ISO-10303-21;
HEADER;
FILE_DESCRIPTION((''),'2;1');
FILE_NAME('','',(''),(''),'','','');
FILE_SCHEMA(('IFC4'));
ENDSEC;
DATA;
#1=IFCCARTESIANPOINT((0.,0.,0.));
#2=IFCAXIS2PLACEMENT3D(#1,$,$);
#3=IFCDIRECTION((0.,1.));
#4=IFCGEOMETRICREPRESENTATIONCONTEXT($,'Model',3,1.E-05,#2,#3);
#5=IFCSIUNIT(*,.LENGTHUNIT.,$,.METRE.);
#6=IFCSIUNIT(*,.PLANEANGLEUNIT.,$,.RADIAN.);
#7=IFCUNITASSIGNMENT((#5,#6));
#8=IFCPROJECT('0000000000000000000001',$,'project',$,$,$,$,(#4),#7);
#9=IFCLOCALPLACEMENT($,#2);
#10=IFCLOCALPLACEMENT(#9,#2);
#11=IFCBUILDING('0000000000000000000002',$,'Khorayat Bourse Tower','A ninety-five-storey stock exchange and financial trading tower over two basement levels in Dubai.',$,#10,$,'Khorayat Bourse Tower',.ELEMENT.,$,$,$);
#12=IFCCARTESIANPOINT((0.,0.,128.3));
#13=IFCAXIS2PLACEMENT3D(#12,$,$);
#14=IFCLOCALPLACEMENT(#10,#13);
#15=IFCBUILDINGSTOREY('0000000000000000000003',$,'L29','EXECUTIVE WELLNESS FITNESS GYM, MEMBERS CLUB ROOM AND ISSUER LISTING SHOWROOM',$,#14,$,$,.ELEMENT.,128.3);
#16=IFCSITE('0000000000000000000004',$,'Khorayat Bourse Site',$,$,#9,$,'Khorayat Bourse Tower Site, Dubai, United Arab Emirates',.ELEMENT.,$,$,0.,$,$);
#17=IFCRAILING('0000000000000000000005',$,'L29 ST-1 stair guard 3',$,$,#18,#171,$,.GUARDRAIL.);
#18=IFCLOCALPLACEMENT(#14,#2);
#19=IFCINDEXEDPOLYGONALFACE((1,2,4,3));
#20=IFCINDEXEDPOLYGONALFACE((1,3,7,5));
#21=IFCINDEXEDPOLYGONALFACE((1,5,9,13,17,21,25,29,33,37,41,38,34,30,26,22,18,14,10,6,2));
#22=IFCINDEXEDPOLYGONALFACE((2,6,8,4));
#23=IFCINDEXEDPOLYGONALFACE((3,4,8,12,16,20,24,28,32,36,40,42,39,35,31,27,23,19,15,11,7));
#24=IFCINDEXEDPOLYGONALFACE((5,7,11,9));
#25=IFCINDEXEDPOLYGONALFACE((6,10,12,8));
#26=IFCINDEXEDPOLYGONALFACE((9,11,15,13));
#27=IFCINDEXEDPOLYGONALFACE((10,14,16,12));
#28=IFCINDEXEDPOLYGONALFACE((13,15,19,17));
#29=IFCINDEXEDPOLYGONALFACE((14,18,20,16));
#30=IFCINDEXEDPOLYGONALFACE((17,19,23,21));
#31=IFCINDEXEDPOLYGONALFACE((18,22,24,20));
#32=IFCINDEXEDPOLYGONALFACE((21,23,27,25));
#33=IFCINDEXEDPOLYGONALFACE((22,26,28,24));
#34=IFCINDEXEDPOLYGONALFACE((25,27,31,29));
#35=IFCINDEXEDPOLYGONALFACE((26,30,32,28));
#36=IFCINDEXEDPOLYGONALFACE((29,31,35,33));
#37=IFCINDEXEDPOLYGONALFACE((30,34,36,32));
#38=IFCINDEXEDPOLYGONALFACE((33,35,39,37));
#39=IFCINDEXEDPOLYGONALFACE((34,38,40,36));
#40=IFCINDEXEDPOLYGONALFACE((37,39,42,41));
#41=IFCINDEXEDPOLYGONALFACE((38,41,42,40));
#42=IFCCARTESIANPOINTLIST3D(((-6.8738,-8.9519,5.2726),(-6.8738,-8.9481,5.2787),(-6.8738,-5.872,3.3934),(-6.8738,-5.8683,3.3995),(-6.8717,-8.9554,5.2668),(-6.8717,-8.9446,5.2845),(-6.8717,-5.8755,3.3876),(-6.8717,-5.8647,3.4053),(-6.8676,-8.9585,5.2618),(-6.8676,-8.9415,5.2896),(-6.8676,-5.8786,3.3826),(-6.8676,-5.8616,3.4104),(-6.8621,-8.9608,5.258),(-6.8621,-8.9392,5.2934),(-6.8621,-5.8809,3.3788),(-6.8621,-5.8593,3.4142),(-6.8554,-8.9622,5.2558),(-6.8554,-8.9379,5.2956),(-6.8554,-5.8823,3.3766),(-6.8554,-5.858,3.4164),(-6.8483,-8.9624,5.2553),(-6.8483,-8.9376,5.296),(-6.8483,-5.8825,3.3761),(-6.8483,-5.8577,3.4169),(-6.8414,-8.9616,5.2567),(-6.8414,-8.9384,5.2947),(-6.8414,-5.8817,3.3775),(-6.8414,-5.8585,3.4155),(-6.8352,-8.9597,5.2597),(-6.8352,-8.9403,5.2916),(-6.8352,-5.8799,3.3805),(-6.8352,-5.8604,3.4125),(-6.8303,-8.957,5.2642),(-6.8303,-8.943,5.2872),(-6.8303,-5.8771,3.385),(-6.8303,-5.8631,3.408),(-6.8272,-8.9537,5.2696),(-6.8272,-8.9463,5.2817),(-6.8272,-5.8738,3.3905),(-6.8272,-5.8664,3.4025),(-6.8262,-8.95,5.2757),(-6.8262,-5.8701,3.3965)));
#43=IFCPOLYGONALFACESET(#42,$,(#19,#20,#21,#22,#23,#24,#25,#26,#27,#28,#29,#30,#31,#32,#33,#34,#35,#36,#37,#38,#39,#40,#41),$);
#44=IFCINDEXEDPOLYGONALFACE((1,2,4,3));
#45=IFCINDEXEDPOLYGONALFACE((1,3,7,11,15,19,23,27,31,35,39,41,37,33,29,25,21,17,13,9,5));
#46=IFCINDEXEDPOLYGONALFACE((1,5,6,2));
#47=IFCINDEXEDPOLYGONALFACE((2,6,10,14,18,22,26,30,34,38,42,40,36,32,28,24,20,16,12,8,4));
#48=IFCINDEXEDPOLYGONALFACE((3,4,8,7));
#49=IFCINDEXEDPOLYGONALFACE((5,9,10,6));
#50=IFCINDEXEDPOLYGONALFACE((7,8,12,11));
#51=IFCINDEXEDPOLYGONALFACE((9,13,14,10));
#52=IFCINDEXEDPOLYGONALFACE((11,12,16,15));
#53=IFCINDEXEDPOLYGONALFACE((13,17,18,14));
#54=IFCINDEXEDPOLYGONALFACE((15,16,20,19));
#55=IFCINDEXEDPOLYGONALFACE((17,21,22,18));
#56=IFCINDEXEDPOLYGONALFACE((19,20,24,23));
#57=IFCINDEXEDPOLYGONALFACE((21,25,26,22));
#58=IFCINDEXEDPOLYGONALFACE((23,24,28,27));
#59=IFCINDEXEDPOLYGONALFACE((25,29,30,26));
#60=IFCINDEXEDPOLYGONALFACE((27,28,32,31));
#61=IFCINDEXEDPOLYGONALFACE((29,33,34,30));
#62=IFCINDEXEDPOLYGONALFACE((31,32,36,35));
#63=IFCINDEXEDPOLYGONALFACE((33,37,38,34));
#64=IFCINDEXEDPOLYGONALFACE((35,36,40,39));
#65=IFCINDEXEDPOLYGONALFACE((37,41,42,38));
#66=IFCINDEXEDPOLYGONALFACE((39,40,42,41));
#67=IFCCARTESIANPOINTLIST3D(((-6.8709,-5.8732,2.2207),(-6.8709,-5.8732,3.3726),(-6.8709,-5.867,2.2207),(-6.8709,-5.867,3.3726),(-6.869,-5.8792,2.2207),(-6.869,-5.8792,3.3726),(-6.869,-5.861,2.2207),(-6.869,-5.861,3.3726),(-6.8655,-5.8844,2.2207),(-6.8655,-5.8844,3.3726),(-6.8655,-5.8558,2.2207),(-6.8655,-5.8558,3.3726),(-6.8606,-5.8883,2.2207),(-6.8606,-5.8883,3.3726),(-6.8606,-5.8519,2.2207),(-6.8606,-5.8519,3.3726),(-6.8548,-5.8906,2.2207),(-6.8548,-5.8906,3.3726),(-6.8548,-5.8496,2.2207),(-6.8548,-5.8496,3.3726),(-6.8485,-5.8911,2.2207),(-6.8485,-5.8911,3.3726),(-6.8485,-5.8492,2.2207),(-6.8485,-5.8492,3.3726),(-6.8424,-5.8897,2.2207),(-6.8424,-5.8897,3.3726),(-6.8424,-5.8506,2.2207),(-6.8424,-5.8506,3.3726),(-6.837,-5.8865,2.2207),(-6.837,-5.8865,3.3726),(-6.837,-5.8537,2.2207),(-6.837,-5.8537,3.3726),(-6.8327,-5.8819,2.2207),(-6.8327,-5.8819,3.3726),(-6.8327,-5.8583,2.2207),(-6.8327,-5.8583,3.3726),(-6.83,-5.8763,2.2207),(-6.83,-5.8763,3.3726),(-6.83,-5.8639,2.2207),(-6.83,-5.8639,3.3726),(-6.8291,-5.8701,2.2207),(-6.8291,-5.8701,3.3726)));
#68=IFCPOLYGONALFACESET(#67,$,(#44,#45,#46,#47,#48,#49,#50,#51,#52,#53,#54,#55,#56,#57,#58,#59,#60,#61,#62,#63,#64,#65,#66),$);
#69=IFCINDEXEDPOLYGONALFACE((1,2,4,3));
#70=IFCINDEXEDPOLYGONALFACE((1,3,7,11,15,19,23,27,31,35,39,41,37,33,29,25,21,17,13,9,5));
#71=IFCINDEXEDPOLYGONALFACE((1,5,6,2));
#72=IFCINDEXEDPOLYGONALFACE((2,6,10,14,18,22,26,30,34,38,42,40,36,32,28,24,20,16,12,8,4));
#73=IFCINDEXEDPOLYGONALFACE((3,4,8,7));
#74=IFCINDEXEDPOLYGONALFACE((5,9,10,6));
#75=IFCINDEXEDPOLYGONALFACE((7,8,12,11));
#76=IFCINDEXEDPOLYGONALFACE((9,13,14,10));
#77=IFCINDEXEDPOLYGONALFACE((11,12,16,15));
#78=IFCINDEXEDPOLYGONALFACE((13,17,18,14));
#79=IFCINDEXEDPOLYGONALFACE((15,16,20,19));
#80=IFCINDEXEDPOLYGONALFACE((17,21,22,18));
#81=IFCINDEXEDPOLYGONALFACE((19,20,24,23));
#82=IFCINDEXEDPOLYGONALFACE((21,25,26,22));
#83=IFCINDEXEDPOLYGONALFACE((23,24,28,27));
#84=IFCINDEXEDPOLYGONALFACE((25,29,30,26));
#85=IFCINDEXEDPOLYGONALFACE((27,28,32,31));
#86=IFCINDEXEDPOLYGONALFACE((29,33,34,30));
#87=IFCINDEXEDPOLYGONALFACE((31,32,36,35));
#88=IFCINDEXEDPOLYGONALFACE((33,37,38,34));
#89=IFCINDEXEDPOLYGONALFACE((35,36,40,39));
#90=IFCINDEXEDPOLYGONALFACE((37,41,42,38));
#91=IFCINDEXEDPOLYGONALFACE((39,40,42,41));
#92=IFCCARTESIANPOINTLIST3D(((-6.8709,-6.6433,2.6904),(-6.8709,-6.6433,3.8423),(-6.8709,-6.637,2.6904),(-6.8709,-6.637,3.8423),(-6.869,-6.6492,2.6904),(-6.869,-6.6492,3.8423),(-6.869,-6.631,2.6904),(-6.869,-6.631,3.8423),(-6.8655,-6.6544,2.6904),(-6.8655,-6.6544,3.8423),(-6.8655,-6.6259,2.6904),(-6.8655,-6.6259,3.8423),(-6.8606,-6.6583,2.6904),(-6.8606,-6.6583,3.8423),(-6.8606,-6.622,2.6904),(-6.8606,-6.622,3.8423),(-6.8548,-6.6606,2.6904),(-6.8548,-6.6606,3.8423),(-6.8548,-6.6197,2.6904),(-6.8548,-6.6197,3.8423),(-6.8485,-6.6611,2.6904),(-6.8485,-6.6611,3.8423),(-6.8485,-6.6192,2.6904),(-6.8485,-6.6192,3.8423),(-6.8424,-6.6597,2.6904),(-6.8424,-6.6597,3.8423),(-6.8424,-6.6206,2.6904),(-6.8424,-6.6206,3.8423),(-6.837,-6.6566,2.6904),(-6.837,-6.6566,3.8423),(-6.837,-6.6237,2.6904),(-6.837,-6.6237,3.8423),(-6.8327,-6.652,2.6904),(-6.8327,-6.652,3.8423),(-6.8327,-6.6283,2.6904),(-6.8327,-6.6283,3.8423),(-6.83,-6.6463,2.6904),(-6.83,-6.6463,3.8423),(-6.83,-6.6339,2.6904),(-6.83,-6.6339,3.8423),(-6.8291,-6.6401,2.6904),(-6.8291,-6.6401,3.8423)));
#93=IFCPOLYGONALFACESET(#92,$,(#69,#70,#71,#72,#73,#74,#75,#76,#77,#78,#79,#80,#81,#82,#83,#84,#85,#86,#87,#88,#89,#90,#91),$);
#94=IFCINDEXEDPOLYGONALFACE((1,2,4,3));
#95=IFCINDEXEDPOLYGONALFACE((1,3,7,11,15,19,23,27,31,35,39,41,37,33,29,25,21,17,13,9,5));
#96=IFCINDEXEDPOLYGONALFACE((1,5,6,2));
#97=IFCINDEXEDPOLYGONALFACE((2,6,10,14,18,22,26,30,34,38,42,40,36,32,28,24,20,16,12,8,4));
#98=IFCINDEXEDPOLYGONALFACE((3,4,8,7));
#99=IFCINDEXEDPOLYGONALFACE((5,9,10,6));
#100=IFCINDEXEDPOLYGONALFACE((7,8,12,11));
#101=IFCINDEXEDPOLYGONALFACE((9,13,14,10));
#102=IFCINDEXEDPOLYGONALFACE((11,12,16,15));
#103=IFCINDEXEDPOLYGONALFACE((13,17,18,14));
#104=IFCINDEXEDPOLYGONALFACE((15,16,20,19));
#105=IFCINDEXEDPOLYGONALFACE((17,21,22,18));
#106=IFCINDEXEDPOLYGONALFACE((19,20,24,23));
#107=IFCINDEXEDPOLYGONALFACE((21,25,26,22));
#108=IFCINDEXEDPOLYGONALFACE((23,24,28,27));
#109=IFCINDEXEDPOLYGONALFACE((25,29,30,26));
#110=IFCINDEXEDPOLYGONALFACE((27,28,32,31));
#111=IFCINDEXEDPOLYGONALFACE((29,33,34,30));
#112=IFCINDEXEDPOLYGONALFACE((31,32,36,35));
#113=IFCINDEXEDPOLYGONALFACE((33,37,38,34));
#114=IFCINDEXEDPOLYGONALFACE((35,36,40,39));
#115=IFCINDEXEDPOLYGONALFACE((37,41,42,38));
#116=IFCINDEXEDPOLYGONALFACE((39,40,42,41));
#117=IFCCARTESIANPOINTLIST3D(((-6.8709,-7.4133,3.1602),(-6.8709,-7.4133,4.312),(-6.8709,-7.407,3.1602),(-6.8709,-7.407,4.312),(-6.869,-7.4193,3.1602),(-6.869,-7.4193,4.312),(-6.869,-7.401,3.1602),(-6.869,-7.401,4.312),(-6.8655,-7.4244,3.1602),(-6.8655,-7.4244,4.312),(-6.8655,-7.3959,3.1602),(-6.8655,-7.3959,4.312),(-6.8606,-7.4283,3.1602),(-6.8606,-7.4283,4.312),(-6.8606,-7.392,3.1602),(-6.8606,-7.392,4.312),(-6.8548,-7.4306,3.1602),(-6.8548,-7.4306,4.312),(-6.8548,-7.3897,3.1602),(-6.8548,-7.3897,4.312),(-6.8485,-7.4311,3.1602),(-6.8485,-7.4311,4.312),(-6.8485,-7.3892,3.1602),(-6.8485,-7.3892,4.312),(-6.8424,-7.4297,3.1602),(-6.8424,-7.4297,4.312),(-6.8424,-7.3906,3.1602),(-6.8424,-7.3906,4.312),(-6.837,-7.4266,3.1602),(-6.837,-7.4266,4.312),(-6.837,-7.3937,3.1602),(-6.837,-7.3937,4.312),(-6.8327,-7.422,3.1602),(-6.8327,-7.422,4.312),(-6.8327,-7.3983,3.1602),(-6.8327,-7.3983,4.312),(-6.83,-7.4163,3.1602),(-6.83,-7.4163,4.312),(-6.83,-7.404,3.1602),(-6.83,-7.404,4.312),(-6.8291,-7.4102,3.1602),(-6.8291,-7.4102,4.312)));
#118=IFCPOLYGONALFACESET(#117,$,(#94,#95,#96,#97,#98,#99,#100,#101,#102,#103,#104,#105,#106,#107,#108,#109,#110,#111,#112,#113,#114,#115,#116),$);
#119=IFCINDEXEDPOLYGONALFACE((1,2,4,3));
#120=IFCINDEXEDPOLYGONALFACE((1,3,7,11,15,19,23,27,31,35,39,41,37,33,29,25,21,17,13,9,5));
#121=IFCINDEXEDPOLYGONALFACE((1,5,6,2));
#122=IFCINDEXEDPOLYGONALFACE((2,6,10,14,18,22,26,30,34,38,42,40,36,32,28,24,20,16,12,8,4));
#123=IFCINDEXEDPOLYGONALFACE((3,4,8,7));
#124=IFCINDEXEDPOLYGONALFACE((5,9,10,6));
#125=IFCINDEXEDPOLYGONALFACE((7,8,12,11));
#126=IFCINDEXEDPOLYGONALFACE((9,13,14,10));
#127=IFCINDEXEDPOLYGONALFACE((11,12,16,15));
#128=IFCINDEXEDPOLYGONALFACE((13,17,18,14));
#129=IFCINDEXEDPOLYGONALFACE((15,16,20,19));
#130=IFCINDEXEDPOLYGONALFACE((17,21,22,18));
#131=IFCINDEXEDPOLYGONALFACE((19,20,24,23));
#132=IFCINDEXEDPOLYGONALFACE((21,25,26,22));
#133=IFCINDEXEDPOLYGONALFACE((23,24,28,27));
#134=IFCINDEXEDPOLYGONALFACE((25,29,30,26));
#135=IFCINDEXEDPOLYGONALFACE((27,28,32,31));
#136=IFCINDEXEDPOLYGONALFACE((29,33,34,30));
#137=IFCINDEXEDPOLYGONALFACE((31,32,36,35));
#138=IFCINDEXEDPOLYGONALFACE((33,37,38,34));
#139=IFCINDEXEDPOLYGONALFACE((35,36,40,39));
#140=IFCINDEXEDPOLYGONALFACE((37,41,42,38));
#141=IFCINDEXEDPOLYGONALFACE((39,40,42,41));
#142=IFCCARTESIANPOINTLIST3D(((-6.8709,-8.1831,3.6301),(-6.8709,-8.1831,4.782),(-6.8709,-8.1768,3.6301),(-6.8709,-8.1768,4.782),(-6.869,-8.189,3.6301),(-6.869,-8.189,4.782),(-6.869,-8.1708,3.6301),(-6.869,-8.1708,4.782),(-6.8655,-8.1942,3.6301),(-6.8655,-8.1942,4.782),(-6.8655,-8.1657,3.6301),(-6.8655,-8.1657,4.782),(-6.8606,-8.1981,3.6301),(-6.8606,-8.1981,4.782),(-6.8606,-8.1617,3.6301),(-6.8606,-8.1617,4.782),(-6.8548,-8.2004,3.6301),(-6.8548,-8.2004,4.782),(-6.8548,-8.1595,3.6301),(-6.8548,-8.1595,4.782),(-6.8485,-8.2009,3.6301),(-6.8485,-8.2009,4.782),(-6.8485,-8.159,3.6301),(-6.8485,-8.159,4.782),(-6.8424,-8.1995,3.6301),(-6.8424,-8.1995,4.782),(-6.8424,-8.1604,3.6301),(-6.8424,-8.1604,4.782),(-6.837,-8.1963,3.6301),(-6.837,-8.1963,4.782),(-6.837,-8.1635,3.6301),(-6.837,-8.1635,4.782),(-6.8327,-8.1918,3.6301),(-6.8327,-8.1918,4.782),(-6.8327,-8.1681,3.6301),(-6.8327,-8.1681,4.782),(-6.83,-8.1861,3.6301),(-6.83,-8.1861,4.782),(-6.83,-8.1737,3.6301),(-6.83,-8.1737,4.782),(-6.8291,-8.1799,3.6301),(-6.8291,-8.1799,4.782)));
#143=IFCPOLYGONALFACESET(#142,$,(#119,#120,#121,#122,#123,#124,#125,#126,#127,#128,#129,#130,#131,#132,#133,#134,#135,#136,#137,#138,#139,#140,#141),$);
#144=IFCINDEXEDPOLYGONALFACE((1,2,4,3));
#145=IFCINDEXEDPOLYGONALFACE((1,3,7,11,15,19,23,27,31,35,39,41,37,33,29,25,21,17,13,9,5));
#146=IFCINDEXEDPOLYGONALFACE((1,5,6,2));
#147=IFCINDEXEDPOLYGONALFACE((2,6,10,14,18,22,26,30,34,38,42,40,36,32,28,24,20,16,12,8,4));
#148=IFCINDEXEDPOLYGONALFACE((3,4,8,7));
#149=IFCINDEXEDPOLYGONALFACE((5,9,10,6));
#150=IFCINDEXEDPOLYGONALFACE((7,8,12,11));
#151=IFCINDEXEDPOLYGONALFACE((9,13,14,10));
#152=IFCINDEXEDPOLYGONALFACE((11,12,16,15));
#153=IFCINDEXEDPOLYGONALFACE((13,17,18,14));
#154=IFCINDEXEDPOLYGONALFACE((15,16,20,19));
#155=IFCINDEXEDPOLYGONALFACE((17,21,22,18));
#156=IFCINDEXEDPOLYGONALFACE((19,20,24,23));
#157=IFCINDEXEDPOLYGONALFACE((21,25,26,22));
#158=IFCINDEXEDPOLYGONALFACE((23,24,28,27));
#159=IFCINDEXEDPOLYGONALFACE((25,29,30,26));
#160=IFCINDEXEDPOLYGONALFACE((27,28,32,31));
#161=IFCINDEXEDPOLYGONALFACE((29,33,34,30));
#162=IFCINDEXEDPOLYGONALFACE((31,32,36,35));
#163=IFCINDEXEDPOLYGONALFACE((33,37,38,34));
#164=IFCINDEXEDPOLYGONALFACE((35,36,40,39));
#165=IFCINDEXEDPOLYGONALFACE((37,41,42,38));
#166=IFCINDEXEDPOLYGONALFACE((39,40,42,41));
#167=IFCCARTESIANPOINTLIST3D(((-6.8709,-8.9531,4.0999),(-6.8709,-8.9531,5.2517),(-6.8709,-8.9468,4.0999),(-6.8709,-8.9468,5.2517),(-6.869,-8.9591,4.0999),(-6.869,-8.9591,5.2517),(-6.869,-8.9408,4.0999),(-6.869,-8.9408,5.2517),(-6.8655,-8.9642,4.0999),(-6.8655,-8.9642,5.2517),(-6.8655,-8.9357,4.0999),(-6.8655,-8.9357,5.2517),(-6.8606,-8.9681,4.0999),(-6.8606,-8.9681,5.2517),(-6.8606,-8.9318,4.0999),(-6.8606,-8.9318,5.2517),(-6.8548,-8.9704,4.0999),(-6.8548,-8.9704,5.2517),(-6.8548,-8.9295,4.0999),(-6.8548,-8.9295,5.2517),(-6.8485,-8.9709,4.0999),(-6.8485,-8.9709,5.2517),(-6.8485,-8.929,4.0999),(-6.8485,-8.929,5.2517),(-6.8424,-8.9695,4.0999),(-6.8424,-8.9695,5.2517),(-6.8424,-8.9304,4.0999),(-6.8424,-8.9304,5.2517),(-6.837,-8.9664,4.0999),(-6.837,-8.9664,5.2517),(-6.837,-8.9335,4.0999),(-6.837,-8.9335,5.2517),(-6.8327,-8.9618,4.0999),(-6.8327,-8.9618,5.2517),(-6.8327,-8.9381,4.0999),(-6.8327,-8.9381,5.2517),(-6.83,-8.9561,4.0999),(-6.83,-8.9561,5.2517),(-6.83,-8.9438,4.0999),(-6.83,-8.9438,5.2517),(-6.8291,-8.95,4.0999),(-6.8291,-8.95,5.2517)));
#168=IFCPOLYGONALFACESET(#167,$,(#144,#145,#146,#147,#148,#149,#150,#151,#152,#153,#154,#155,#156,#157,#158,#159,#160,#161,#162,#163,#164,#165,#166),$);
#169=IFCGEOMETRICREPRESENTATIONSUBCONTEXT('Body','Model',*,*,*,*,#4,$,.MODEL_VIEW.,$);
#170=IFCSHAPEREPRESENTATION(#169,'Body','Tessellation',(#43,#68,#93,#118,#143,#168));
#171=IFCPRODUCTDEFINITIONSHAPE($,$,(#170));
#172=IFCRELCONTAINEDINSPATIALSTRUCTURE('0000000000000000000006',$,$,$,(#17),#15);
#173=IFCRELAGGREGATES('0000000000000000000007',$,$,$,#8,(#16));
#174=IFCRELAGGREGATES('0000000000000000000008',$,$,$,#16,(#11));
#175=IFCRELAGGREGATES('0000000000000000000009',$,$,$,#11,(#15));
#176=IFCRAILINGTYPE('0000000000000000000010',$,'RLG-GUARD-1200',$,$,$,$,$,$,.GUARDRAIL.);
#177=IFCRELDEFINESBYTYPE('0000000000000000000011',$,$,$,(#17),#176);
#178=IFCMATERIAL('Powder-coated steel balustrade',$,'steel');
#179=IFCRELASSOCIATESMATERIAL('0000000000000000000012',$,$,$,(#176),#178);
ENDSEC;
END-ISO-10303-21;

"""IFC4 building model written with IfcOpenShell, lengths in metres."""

from ifc_helpers import new_model, si_unit, direction, frame, origin, origin_2d, place, context, subcontext, project, spatial, circle, extrude, source, transform, mapped, material, type_object, element, save


model = new_model("IFC4")

# Units and contexts
model_context = context("Model", 3, precision=1e-05, world=origin(), true_north=direction((0.0, 1.0)))
body_context = subcontext(model_context, "Body", "Model", "MODEL_VIEW")
ifc_project = project(units=[si_unit("LENGTHUNIT", "METRE"), si_unit("PLANEANGLEUNIT", "RADIAN")], contexts=[model_context])

# Site, building, storey
site_placement = place(None, origin())
site = spatial("IfcSite", under=ifc_project, at=site_placement, Name="Khorayat Bourse Site", LongName="Khorayat Bourse Tower Site, Dubai, United Arab Emirates", CompositionType="ELEMENT", RefElevation=0.0)
building_placement = place(site_placement, origin())
building = spatial("IfcBuilding", under=site, at=building_placement, Name="Khorayat Bourse Tower", Description="A ninety-five-storey stock exchange and financial trading tower over two basement levels in Dubai.", LongName="Khorayat Bourse Tower", CompositionType="ELEMENT")
storey_placement = place(building_placement, frame((0.0, 0.0, 128.3)))
storey = spatial("IfcBuildingStorey", under=building, at=storey_placement, Name="L29", Description="EXECUTIVE WELLNESS FITNESS GYM, MEMBERS CLUB ROOM AND ISSUER LISTING SHOWROOM", CompositionType="ELEMENT", Elevation=128.3)

# Railing
ifc_material_1 = material(Name="Powder-coated steel balustrade", Category="steel")
railing_type_1 = type_object("IfcRailingType", Name="RLG-GUARD-1200", PredefinedType="GUARDRAIL", material=ifc_material_1)
shared_shape_1 = source(origin(), body_context, "Body", "SweptSolid", [
    extrude(circle(Radius=0.0239, at=origin_2d()), frame((0.0, 0.0, 1.1758), z_axis=(0.0, -0.853648, 0.52085), x_axis=(1.0, 0.0, 0.0)), (0.0, 0.0, 1.0), 3.6079),
    extrude(circle(Radius=0.021, at=origin_2d()), origin(), (0.0, 0.0, 1.0), 1.1519),
    extrude(circle(Radius=0.021, at=origin_2d()), frame((0.0, -0.77, 0.4697)), (0.0, 0.0, 1.0), 1.1519),
    extrude(circle(Radius=0.021, at=origin_2d()), frame((0.0, -1.54, 0.9395)), (0.0, 0.0, 1.0), 1.1519),
    extrude(circle(Radius=0.021, at=origin_2d()), frame((0.0, -2.3098, 1.4094)), (0.0, 0.0, 1.0), 1.1519),
    extrude(circle(Radius=0.021, at=origin_2d()), frame((0.0, -3.0798, 1.8792)), (0.0, 0.0, 1.0), 1.1519),
])
railing_1_placement = place(storey_placement, frame((-6.8501, -5.8701, 2.2207)))
element("IfcRailing", 1, at=railing_1_placement, inside=storey, type_object=railing_type_1, Name="L29 ST-1 stair guard 3", PredefinedType="GUARDRAIL", context=body_context, shape_type="MappedRepresentation", body=[
    mapped(shared_shape_1, transform((0.0, 0.0, 0.0), scale=1.0)),
])

save(model, "model.ifc")
